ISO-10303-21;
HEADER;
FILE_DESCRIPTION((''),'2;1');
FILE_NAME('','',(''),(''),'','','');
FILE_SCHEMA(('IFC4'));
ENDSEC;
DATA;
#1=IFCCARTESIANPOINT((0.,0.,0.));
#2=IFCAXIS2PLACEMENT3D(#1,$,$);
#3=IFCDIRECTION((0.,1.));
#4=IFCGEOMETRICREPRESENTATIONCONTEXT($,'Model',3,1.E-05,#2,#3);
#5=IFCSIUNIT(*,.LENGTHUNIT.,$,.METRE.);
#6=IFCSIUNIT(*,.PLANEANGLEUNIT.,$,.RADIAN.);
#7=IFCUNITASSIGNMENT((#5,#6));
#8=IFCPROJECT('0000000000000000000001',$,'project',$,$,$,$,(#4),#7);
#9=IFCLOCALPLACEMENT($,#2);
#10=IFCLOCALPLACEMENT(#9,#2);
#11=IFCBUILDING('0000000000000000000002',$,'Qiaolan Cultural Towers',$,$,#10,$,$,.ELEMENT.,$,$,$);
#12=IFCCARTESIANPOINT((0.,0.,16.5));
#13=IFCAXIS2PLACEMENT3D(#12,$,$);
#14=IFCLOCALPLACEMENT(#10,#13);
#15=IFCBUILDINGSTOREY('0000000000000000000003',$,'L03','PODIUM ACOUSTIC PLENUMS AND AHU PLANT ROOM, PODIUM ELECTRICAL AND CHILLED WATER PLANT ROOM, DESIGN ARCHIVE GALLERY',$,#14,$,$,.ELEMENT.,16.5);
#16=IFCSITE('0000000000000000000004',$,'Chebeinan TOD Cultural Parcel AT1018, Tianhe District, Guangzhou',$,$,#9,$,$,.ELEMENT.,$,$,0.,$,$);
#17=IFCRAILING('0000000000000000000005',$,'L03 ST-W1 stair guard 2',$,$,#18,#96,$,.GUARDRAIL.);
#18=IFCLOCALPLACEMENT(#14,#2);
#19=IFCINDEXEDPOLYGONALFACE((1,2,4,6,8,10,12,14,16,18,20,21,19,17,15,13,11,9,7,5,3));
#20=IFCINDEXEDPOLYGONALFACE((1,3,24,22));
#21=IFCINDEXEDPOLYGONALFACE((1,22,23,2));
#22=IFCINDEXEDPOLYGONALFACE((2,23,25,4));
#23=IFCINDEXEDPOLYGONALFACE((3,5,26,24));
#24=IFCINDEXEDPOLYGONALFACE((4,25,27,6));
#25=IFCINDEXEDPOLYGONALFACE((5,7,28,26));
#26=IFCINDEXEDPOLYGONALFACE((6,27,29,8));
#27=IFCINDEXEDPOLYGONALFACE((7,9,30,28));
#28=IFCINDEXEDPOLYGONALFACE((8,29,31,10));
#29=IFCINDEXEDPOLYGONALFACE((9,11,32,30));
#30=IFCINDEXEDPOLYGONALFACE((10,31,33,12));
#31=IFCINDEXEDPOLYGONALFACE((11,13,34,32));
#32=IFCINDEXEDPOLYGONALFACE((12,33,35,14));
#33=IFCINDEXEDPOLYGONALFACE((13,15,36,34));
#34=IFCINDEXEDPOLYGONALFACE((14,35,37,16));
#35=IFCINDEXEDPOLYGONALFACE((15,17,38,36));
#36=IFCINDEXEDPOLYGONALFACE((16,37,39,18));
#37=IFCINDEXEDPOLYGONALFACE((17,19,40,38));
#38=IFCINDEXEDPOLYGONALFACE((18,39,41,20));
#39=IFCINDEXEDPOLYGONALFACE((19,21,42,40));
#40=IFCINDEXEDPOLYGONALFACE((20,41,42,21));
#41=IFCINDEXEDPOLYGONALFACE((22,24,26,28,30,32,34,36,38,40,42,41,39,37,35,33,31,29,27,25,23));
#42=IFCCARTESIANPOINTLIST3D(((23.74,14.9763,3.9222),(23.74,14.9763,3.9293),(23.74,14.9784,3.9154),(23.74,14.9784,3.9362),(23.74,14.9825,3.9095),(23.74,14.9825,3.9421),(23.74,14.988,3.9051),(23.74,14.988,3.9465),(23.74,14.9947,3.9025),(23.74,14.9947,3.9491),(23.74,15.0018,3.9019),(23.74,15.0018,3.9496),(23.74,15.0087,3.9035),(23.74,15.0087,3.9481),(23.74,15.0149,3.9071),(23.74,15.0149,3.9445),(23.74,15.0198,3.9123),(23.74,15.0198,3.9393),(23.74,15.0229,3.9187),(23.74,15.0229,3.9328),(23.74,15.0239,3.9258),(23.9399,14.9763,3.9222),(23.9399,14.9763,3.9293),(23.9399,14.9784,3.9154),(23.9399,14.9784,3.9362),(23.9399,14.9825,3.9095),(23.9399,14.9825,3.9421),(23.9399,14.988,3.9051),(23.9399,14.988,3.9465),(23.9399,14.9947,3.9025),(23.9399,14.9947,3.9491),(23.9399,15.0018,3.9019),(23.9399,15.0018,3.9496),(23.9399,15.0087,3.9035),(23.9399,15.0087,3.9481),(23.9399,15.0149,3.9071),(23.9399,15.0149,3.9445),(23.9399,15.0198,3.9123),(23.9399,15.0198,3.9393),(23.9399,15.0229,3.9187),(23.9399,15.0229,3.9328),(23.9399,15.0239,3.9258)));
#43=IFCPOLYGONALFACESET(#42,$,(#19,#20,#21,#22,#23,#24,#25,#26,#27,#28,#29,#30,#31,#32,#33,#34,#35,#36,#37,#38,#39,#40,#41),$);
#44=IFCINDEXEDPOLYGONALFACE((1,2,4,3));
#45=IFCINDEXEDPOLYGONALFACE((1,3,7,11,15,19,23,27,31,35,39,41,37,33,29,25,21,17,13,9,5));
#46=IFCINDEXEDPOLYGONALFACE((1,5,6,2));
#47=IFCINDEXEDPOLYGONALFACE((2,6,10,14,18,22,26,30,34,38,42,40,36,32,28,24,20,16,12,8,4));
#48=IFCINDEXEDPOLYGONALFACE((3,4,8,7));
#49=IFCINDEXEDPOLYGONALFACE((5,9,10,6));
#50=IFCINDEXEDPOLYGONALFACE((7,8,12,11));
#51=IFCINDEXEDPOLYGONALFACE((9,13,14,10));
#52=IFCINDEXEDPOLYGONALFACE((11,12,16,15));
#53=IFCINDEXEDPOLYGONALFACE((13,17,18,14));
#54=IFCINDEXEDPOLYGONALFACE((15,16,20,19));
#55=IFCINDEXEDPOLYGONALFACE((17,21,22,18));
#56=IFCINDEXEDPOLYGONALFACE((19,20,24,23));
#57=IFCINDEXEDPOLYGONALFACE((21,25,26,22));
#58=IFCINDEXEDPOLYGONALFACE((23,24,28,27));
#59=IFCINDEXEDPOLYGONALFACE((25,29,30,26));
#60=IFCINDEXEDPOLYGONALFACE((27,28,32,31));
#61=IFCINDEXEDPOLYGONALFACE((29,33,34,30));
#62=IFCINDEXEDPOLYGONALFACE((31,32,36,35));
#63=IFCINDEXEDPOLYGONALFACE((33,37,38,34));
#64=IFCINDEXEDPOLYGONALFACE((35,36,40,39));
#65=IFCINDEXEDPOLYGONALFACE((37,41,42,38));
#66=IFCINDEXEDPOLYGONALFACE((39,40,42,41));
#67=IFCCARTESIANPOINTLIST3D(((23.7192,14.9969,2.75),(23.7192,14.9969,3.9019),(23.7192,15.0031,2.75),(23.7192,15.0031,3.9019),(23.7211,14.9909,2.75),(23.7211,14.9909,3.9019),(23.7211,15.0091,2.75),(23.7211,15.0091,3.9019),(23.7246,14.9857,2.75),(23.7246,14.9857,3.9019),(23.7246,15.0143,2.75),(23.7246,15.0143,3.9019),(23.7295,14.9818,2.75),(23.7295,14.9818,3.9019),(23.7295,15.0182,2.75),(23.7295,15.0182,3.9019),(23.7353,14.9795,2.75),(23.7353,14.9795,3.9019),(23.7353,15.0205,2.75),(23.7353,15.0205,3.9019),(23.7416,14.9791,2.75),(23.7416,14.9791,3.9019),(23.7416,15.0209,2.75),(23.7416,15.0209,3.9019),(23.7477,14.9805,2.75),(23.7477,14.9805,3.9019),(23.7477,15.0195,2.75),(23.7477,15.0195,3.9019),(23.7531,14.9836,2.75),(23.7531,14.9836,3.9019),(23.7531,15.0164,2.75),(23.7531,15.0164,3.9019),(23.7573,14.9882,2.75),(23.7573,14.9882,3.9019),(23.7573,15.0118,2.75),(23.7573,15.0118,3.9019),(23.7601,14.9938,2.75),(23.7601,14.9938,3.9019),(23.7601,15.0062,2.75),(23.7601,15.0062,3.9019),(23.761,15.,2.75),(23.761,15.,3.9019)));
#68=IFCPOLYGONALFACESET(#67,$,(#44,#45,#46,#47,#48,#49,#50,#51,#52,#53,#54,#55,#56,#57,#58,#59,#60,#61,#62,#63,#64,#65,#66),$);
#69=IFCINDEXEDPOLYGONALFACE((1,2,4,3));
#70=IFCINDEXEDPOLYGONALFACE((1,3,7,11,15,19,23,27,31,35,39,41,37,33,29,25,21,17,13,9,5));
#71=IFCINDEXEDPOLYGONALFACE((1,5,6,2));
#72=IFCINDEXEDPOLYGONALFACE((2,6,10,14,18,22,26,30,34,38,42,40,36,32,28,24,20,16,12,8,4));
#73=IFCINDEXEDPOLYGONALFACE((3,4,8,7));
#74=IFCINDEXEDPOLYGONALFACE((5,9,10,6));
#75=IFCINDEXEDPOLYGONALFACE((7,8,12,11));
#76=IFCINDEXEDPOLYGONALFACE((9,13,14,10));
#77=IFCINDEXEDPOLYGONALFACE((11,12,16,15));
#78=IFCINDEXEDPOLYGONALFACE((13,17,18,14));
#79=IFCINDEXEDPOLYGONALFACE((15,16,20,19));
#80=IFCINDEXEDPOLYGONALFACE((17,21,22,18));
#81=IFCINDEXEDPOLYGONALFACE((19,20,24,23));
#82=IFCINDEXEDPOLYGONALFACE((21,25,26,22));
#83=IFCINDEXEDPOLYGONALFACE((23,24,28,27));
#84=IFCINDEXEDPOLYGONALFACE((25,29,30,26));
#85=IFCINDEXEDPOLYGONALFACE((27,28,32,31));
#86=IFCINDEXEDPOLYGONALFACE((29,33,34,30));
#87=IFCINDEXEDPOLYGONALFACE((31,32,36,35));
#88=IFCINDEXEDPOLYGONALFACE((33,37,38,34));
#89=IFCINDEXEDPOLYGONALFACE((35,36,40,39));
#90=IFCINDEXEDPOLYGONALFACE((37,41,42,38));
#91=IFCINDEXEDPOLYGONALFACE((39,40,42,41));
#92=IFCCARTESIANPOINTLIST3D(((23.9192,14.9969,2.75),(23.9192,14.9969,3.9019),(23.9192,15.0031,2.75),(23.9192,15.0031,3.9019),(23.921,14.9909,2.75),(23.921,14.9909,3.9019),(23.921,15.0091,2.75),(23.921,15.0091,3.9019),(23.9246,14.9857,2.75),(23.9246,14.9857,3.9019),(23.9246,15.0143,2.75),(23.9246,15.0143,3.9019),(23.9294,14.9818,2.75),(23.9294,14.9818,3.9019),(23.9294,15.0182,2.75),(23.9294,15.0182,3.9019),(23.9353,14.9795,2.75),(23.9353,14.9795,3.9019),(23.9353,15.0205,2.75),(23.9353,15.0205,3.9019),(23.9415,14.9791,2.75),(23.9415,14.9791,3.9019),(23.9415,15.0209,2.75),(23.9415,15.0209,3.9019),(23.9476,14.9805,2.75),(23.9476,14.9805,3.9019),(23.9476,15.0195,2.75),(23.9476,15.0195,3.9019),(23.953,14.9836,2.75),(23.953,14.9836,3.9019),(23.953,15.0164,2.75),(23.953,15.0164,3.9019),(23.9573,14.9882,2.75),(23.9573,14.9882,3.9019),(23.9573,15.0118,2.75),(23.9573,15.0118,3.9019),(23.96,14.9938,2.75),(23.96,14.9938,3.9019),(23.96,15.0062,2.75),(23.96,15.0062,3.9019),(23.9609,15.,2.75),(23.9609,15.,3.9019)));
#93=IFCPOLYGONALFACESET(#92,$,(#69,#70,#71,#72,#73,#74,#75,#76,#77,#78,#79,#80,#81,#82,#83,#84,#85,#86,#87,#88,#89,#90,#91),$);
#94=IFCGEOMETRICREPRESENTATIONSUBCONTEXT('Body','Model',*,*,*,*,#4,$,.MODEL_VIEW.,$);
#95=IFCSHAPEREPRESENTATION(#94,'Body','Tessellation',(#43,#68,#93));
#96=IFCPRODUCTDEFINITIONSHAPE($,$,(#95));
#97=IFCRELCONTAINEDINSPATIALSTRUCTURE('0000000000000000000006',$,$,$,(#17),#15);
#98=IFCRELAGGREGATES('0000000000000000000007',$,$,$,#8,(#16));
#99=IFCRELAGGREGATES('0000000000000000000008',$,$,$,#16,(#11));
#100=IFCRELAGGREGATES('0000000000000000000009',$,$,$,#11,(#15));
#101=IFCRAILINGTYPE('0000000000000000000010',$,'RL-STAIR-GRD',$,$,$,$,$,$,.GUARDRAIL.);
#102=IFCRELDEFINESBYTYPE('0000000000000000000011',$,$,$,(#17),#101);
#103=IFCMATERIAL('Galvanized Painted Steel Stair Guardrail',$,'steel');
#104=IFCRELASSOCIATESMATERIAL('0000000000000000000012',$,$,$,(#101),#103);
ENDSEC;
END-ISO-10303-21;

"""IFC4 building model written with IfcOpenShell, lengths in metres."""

from ifc_helpers import new_model, si_unit, direction, frame, origin, origin_2d, place, context, subcontext, project, spatial, circle, extrude, material, type_object, element, save


model = new_model("IFC4")

# Units and contexts
model_context = context("Model", 3, precision=1e-05, world=origin(), true_north=direction((0.0, 1.0)))
body_context = subcontext(model_context, "Body", "Model", "MODEL_VIEW")
ifc_project = project(units=[si_unit("LENGTHUNIT", "METRE"), si_unit("PLANEANGLEUNIT", "RADIAN")], contexts=[model_context])

# Site, building, storey
site_placement = place(None, origin())
site = spatial("IfcSite", under=ifc_project, at=site_placement, Name="Chebeinan TOD Cultural Parcel AT1018, Tianhe District, Guangzhou", CompositionType="ELEMENT", RefElevation=0.0)
building_placement = place(site_placement, origin())
building = spatial("IfcBuilding", under=site, at=building_placement, Name="Qiaolan Cultural Towers", CompositionType="ELEMENT")
storey_placement = place(building_placement, frame((0.0, 0.0, 16.5)))
storey = spatial("IfcBuildingStorey", under=building, at=storey_placement, Name="L03", Description="PODIUM ACOUSTIC PLENUMS AND AHU PLANT ROOM, PODIUM ELECTRICAL AND CHILLED WATER PLANT ROOM, DESIGN ARCHIVE GALLERY", CompositionType="ELEMENT", Elevation=16.5)

# Railing
ifc_material_1 = material(Name="Galvanized Painted Steel Stair Guardrail", Category="steel")
railing_type_1 = type_object("IfcRailingType", Name="RL-STAIR-GRD", PredefinedType="GUARDRAIL", material=ifc_material_1)
railing_1_placement = place(storey_placement, frame((23.74, 15.0, 2.75)))
element("IfcRailing", 1, at=railing_1_placement, inside=storey, type_object=railing_type_1, Name="L03 ST-W1 stair guard 2", PredefinedType="GUARDRAIL", context=body_context, shape_type="SweptSolid", body=[
    extrude(circle(Radius=0.0239, at=origin_2d()), frame((0.0, 0.0, 1.1758), z_axis=(1.0, 0.0, 0.0), x_axis=(0.0, 1.0, 0.0)), (0.0, 0.0, 1.0), 0.2),
    extrude(circle(Radius=0.021, at=origin_2d()), origin(), (0.0, 0.0, 1.0), 1.1519),
    extrude(circle(Radius=0.021, at=origin_2d()), frame((0.2, 0.0, 0.0)), (0.0, 0.0, 1.0), 1.1519),
])

save(model, "model.ifc")
